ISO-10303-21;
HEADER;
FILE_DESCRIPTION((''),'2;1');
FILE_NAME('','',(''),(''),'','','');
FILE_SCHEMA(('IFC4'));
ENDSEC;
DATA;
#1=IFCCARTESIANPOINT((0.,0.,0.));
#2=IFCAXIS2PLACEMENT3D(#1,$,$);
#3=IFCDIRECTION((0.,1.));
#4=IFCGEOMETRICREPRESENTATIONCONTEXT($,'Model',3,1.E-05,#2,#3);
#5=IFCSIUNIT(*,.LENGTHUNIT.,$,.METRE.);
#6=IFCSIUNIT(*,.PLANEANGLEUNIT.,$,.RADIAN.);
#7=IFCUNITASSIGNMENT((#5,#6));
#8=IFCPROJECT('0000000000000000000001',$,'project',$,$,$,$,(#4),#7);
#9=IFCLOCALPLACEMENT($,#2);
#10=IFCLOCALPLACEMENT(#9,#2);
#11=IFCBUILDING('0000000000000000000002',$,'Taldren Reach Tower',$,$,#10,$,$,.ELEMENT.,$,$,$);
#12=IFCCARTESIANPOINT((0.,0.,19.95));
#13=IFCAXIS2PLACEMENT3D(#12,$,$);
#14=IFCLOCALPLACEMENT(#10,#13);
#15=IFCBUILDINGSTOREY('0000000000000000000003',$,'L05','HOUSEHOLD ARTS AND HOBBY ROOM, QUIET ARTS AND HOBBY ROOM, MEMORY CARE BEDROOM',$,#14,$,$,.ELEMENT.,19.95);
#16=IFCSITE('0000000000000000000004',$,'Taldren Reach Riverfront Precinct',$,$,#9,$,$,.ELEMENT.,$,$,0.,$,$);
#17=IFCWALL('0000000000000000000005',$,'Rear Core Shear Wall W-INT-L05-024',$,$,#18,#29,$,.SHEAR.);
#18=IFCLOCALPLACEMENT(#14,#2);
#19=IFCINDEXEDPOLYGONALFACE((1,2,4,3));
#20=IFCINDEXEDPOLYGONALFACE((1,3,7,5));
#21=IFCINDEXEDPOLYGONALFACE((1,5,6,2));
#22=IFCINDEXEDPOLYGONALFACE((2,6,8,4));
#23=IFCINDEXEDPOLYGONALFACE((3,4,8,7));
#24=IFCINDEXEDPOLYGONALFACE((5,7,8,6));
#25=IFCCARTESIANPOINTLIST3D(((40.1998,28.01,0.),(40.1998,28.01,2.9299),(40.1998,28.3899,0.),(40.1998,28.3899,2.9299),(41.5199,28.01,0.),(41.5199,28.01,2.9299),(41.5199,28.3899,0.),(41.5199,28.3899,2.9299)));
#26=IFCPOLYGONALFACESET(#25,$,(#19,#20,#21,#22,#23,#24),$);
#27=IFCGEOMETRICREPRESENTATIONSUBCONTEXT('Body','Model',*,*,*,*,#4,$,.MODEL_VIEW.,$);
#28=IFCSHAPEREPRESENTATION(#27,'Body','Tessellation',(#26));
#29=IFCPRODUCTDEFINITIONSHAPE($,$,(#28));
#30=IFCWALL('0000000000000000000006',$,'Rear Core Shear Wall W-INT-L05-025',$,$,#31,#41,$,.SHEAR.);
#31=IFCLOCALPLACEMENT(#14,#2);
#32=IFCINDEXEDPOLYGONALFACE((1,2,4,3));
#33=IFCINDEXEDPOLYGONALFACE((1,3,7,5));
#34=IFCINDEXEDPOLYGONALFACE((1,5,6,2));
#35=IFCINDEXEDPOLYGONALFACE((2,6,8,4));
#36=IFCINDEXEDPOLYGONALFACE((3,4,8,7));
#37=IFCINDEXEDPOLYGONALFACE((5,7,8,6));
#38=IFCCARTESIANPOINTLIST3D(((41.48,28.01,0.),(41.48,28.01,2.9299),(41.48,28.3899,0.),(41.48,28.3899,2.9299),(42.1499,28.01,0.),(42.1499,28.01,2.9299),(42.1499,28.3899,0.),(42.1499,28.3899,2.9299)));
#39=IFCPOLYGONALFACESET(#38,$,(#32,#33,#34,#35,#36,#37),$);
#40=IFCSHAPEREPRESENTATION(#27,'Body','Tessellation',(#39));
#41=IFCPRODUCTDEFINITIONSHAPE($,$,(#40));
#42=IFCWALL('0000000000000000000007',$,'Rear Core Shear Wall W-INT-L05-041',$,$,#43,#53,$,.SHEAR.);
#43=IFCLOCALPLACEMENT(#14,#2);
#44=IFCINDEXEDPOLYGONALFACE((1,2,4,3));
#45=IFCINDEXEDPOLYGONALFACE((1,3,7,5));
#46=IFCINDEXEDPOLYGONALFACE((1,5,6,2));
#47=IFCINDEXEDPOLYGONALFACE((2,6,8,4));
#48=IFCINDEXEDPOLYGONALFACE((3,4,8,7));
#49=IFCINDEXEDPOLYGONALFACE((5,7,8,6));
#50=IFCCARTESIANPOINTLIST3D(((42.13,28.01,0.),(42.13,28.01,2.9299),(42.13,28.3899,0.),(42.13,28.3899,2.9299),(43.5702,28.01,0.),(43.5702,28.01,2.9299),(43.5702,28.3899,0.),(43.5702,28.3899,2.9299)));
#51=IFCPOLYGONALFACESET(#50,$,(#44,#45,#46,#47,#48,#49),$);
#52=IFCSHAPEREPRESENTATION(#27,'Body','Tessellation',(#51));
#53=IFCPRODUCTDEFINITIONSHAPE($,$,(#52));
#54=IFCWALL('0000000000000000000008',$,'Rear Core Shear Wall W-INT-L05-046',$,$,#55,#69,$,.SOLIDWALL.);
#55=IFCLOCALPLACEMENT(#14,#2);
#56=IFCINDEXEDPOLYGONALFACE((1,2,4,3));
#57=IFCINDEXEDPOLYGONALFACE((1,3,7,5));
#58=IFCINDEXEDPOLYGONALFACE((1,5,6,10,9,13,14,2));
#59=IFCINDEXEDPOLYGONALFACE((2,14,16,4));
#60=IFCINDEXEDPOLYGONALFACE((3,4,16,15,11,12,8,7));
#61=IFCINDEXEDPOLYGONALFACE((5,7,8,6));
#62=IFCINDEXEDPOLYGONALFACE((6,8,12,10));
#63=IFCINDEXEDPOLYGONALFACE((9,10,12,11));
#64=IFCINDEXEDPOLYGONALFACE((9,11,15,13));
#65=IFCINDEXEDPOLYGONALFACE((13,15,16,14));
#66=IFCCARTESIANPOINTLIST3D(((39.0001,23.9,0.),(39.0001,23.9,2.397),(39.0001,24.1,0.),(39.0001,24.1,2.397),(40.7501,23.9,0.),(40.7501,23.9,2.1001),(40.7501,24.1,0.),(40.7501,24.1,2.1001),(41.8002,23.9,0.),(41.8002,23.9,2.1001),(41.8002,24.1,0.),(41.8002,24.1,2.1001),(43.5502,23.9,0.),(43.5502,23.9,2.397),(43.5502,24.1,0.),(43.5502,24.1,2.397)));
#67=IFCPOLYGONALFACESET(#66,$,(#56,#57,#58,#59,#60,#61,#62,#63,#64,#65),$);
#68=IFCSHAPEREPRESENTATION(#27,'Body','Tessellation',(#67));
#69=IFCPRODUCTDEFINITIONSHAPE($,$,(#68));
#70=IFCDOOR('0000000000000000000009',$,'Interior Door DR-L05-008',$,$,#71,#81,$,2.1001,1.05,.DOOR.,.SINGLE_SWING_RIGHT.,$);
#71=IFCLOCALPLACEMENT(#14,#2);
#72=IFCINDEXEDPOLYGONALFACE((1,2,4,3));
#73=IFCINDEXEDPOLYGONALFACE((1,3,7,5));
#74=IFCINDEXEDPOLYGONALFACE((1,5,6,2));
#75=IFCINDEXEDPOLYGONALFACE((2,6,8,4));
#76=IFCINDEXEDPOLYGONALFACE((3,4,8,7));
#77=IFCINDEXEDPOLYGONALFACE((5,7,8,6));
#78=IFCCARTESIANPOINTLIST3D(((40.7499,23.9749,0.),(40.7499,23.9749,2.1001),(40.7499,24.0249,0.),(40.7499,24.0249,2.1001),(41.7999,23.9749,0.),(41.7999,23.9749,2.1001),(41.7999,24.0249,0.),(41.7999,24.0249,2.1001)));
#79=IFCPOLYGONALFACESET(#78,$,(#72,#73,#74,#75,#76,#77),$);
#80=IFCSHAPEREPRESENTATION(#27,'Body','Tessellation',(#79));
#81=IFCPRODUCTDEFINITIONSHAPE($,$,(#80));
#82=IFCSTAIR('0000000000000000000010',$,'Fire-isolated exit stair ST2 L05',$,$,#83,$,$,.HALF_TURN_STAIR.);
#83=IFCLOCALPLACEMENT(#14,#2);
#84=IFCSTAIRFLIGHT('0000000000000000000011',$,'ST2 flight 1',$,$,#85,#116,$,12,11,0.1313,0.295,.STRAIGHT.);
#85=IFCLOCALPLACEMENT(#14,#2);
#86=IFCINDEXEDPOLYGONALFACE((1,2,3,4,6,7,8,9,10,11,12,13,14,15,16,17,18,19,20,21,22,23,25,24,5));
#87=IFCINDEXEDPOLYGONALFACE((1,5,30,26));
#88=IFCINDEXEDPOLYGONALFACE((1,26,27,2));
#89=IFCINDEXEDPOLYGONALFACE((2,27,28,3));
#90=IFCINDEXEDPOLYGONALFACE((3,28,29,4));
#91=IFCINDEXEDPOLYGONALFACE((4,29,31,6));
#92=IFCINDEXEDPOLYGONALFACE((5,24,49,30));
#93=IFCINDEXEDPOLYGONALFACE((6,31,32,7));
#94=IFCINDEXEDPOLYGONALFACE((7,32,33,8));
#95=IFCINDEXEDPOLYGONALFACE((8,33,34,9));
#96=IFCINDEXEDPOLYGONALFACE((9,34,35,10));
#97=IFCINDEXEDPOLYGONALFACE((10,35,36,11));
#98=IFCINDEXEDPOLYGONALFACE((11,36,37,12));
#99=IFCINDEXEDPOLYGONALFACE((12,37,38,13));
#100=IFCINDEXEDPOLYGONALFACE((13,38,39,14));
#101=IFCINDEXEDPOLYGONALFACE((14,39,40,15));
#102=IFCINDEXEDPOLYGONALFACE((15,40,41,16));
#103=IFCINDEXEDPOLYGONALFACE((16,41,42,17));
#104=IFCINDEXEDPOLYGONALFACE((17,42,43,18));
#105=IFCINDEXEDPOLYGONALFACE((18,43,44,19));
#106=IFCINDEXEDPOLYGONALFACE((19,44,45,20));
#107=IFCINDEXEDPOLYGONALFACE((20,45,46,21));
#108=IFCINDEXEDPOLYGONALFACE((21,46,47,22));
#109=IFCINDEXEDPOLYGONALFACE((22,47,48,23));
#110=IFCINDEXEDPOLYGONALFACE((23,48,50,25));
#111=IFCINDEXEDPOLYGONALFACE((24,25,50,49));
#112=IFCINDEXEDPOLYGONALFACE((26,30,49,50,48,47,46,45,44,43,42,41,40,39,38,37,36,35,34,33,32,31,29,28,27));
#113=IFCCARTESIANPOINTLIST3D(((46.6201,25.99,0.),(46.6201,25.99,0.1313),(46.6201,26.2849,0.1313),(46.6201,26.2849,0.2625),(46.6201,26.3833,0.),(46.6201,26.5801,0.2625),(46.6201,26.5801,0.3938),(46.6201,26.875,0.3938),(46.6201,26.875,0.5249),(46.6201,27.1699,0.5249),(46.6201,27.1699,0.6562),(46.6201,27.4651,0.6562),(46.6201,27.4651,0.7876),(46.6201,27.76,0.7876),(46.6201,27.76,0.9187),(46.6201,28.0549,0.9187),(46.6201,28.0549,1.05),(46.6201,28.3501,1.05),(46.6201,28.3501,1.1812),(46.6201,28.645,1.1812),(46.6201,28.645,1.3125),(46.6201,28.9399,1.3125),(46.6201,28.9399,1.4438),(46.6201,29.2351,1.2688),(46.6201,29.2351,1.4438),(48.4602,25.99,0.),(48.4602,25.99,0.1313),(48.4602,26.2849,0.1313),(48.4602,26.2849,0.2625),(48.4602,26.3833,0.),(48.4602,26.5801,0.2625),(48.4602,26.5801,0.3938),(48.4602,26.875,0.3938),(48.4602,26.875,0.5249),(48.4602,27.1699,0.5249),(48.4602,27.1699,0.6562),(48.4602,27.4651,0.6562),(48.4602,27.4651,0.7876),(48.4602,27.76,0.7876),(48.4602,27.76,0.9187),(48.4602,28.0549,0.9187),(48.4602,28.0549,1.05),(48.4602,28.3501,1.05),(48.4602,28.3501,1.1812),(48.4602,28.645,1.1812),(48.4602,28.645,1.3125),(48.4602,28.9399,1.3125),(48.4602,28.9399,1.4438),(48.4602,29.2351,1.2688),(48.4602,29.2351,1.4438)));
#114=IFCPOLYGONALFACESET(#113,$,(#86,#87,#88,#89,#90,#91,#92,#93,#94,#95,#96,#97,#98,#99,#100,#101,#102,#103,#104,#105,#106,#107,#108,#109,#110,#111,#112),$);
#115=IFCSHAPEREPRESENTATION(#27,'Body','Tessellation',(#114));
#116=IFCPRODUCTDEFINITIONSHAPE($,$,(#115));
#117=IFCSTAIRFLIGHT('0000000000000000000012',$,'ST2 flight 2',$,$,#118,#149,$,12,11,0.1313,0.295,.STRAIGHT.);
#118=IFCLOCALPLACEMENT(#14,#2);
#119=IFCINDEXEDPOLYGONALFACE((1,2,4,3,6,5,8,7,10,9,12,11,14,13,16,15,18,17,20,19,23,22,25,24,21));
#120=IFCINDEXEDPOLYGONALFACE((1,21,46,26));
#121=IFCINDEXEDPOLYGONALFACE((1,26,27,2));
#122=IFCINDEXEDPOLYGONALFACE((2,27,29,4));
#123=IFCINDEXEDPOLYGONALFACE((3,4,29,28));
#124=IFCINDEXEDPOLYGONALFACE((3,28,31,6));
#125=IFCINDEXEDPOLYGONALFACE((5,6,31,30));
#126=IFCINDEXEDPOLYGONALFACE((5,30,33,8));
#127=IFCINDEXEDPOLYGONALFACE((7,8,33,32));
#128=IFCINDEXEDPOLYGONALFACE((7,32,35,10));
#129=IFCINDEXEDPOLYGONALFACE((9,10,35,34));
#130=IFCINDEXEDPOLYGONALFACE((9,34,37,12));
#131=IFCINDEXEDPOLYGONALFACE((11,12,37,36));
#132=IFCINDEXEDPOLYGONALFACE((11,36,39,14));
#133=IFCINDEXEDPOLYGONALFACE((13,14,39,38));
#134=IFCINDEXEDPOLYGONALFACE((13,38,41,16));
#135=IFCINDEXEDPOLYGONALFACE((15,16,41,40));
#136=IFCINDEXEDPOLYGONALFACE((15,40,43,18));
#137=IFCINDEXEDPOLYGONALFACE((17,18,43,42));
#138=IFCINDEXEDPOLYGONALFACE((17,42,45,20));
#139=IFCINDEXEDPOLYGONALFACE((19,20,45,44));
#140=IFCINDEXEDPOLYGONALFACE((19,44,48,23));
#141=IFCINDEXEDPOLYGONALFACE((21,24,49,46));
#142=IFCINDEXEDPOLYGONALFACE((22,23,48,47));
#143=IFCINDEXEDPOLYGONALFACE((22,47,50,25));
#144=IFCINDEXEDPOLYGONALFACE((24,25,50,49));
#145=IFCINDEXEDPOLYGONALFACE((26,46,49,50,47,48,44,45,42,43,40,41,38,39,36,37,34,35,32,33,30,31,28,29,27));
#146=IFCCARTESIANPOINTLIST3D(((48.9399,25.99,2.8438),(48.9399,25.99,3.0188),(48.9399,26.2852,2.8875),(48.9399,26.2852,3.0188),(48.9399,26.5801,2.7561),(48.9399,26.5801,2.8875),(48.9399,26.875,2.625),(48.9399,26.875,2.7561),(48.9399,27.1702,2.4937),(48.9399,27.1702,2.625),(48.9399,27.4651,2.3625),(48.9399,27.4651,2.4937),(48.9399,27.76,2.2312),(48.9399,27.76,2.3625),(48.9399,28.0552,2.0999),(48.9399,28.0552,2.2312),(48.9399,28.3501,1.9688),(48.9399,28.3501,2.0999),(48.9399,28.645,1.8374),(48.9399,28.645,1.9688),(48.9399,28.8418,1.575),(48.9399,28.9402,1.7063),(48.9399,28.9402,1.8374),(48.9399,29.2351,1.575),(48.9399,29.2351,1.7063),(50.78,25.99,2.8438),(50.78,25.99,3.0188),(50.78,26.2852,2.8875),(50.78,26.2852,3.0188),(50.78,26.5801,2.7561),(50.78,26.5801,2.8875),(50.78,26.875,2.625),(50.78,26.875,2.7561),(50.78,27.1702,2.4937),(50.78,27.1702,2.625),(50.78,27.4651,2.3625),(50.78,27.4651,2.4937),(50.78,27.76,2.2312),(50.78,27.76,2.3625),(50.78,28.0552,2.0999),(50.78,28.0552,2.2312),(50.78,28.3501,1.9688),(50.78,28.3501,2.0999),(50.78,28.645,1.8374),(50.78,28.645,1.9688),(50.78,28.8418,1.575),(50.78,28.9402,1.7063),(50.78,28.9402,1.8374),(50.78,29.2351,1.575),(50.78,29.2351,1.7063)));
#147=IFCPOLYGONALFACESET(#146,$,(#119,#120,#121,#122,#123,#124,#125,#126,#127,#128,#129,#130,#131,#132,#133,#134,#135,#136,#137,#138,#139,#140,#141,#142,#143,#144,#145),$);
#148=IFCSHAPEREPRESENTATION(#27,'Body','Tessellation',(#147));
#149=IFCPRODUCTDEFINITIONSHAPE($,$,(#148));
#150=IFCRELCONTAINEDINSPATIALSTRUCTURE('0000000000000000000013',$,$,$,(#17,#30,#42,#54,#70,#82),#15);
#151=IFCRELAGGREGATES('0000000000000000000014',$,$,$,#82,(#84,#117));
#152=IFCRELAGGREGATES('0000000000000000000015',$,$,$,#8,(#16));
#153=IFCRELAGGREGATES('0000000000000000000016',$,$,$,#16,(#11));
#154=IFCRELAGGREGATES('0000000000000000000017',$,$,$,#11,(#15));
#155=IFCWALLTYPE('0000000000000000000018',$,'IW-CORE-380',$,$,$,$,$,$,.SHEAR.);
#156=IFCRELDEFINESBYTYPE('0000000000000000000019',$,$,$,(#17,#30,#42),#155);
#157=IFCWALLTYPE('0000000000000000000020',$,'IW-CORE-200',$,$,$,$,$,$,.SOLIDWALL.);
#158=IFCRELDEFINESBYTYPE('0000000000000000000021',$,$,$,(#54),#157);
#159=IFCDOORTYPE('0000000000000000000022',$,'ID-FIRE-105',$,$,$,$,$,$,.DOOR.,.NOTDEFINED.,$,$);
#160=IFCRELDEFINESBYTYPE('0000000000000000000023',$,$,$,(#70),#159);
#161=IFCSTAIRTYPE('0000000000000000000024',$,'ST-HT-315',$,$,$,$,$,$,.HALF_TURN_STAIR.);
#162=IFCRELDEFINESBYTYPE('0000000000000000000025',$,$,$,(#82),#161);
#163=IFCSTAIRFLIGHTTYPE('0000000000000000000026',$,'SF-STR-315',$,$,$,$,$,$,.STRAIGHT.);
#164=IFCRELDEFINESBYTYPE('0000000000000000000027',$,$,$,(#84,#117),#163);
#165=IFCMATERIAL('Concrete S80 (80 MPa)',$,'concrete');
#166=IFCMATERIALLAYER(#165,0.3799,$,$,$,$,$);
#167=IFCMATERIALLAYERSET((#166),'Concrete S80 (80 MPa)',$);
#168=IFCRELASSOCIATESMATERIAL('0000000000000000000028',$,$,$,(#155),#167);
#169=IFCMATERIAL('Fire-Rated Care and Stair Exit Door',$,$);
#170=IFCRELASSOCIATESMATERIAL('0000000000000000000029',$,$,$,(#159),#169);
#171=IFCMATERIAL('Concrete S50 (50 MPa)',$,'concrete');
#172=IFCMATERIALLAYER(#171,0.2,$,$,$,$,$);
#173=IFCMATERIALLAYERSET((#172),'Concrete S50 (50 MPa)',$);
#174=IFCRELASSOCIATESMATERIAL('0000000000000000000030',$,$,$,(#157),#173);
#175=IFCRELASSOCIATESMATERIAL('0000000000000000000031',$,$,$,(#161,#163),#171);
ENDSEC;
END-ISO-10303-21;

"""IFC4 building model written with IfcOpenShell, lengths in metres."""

from ifc_helpers import new_model, si_unit, direction, frame, frame_2d, origin, place, context, subcontext, project, spatial, polyline, rectangle, outline, extrude, source, transform, mapped, material, layer, layer_set, type_object, element, fill, aggregate, save


model = new_model("IFC4")

# Units and contexts
model_context = context("Model", 3, precision=1e-05, world=origin(), true_north=direction((0.0, 1.0)))
body_context = subcontext(model_context, "Body", "Model", "MODEL_VIEW")
ifc_project = project(units=[si_unit("LENGTHUNIT", "METRE"), si_unit("PLANEANGLEUNIT", "RADIAN")], contexts=[model_context])

# Site, building, storey
site_placement = place(None, origin())
site = spatial("IfcSite", under=ifc_project, at=site_placement, Name="Taldren Reach Riverfront Precinct", CompositionType="ELEMENT", RefElevation=0.0)
building_placement = place(site_placement, origin())
building = spatial("IfcBuilding", under=site, at=building_placement, Name="Taldren Reach Tower", CompositionType="ELEMENT")
storey_placement = place(building_placement, frame((0.0, 0.0, 19.95)))
storey = spatial("IfcBuildingStorey", under=building, at=storey_placement, Name="L05", Description="HOUSEHOLD ARTS AND HOBBY ROOM, QUIET ARTS AND HOBBY ROOM, MEMORY CARE BEDROOM", CompositionType="ELEMENT", Elevation=19.95)

# Shared definitions
ifc_material_1 = material(Name="Concrete S80 (80 MPa)", Category="concrete")
ifc_layer_1 = layer(ifc_material_1, 0.3799)
ifc_layer_set_1 = layer_set([ifc_layer_1], Name="Concrete S80 (80 MPa)")
wall_type_1 = type_object("IfcWallType", Name="IW-CORE-380", PredefinedType="SHEAR", material=ifc_layer_set_1)

# Shared definitions
ifc_material_2 = material(Name="Fire-Rated Care and Stair Exit Door")
door_type_1 = type_object("IfcDoorType", Name="ID-FIRE-105", OperationType="NOTDEFINED", PredefinedType="DOOR", material=ifc_material_2)
shared_shape_1 = source(origin(), body_context, "Body", "SweptSolid", [
    extrude(rectangle(XDim=1.05, YDim=2.1001, at=frame_2d((0.5249, 1.05))), frame((0.0, 0.0249, 0.0), z_axis=(0.0, -1.0, 0.0), x_axis=(1.0, 0.0, 0.0)), (0.0, 0.0, 1.0), 0.05),
])

# Shared definitions
ifc_material_3 = material(Name="Concrete S50 (50 MPa)", Category="concrete")
ifc_layer_2 = layer(ifc_material_3, 0.2)
ifc_layer_set_2 = layer_set([ifc_layer_2], Name="Concrete S50 (50 MPa)")
wall_type_2 = type_object("IfcWallType", Name="IW-CORE-200", PredefinedType="SOLIDWALL", material=ifc_layer_set_2)

# Shared definitions
shared_shape_2 = source(origin(), body_context, "Body", "SweptSolid", [
    extrude(rectangle(XDim=1.05, YDim=2.1001, at=frame_2d((0.5249, 1.05))), frame((0.0, 0.1099, 0.0), z_axis=(0.0, -1.0, 0.0), x_axis=(1.0, 0.0, 0.0)), (0.0, 0.0, 1.0), 0.22),
])

# Walls
shared_shape_3 = source(origin(), body_context, "Body", "SweptSolid", [
    extrude(rectangle(XDim=1.3201, YDim=0.3799, at=frame_2d((0.6602, 0.0))), origin(), (0.0, 0.0, 1.0), 2.9299),
])
wall_1_placement = place(storey_placement, frame((41.52, 28.2, 0.0), z_axis=(0.0, 0.0, 1.0), x_axis=(-1.0, 0.0, 0.0)))
element("IfcWall", 1, at=wall_1_placement, inside=storey, type_object=wall_type_1, Name="Rear Core Shear Wall W-INT-L05-024", PredefinedType="SHEAR", context=body_context, shape_type="MappedRepresentation", body=[
    mapped(shared_shape_3, transform((0.0, 0.0, 0.0), scale=1.0)),
])
shared_shape_4 = source(origin(), body_context, "Body", "SweptSolid", [
    extrude(rectangle(XDim=0.6699, YDim=0.3799, at=frame_2d((0.335, 0.0))), origin(), (0.0, 0.0, 1.0), 2.9299),
])
wall_2_placement = place(storey_placement, frame((42.1499, 28.2, 0.0), z_axis=(0.0, 0.0, 1.0), x_axis=(-1.0, 0.0, 0.0)))
element("IfcWall", 2, at=wall_2_placement, inside=storey, type_object=wall_type_1, Name="Rear Core Shear Wall W-INT-L05-025", PredefinedType="SHEAR", context=body_context, shape_type="MappedRepresentation", body=[
    mapped(shared_shape_4, transform((0.0, 0.0, 0.0), scale=1.0)),
])
shared_shape_5 = source(origin(), body_context, "Body", "SweptSolid", [
    extrude(rectangle(XDim=1.4402, YDim=0.3799, at=frame_2d((0.7202, 0.0))), origin(), (0.0, 0.0, 1.0), 2.9299),
])
wall_3_placement = place(storey_placement, frame((42.1299, 28.2, 0.0), z_axis=(0.0, 0.0, 1.0), x_axis=(1.0, 0.0, 0.0)))
element("IfcWall", 3, at=wall_3_placement, inside=storey, type_object=wall_type_1, Name="Rear Core Shear Wall W-INT-L05-041", PredefinedType="SHEAR", context=body_context, shape_type="MappedRepresentation", body=[
    mapped(shared_shape_5, transform((0.0, 0.0, 0.0), scale=1.0)),
])

# Wall, opening, door
shared_shape_6 = source(origin(), body_context, "Body", "SweptSolid", [
    extrude(rectangle(XDim=4.55, YDim=0.2, at=frame_2d((2.2749, 0.0))), origin(), (0.0, 0.0, 1.0), 2.397),
])
wall_4_placement = place(storey_placement, frame((43.55, 24.0, 0.0), z_axis=(0.0, 0.0, 1.0), x_axis=(-1.0, 0.0, 0.0)))
wall_4 = element("IfcWall", 4, at=wall_4_placement, inside=storey, type_object=wall_type_2, Name="Rear Core Shear Wall W-INT-L05-046", PredefinedType="SOLIDWALL", context=body_context, shape_type="MappedRepresentation", body=[
    mapped(shared_shape_6, transform((0.0, 0.0, 0.0), scale=1.0)),
])
opening_1_placement = place(wall_4_placement, frame((1.75, 0.0, 0.0)))
opening_1 = element("IfcOpeningElement", 5, at=opening_1_placement, cuts=wall_4, PredefinedType="OPENING", context=body_context, shape_type="MappedRepresentation", body=[
    mapped(shared_shape_2, transform((0.0, 0.0, 0.0), scale=1.0)),
])
door_1_placement = place(opening_1_placement, frame((1.05, 0.0, 0.0), z_axis=(0.0, 0.0, 1.0), x_axis=(-1.0, 0.0, 0.0)))
door_1 = element("IfcDoor", 6, at=door_1_placement, inside=storey, type_object=door_type_1, Name="Interior Door DR-L05-008", OperationType="SINGLE_SWING_RIGHT", OverallHeight=2.1001, OverallWidth=1.05, PredefinedType="DOOR", context=body_context, shape_type="MappedRepresentation", body=[
    mapped(shared_shape_1, transform((0.0, 0.0, 0.0), scale=1.0)),
])
fill(opening_1, door_1)

# Stair, stair flights
stair_type = type_object("IfcStairType", Name="ST-HT-315", PredefinedType="HALF_TURN_STAIR", material=ifc_material_3)
stair_placement = place(storey_placement, origin())
stair = element("IfcStair", 7, at=stair_placement, inside=storey, type_object=stair_type, Name="Fire-isolated exit stair ST2 L05", PredefinedType="HALF_TURN_STAIR")
stair_flight_type = type_object("IfcStairFlightType", Name="SF-STR-315", PredefinedType="STRAIGHT", material=ifc_material_3)
stair_flight_1_placement = place(storey_placement, frame((47.54, 25.99, 0.0), z_axis=(0.0, 0.0, 1.0), x_axis=(0.0, 1.0, 0.0)))
stair_flight_1 = element("IfcStairFlight", 8, at=stair_flight_1_placement, type_object=stair_flight_type, Name="ST2 flight 1", NumberOfRisers=12, NumberOfTreads=11, PredefinedType="STRAIGHT", RiserHeight=0.1313, TreadLength=0.295, context=body_context, shape_type="SweptSolid", body=[
    extrude(outline(polyline([(0.0, 0.0), (0.0, 0.1313), (0.2949, 0.1313), (0.2949, 0.2625), (0.5901, 0.2625), (0.5901, 0.3938), (0.885, 0.3938), (0.885, 0.5249), (1.1799, 0.5249), (1.1799, 0.6562), (1.4751, 0.6562), (1.4751, 0.7876), (1.77, 0.7876), (1.77, 0.9187), (2.0649, 0.9187), (2.0649, 1.05), (2.3601, 1.05), (2.3601, 1.1812), (2.655, 1.1812), (2.655, 1.3125), (2.95, 1.3125), (2.95, 1.4438), (3.2451, 1.4438), (3.2451, 1.575), (3.2451, 1.2688), (0.3933, 0.0), (0.0, 0.0)])), frame((0.0, 0.9199, 0.0), z_axis=(0.0, -1.0, 0.0), x_axis=(1.0, 0.0, 0.0)), (0.0, 0.0, 1.0), 1.8401),
])
stair_flight_2_placement = place(storey_placement, frame((49.8601, 29.2351, 1.575), z_axis=(0.0, 0.0, 1.0), x_axis=(0.0, -1.0, 0.0)))
stair_flight_2 = element("IfcStairFlight", 9, at=stair_flight_2_placement, type_object=stair_flight_type, Name="ST2 flight 2", NumberOfRisers=12, NumberOfTreads=11, PredefinedType="STRAIGHT", RiserHeight=0.1313, TreadLength=0.295, context=body_context, shape_type="SweptSolid", body=[
    extrude(outline(polyline([(0.0, 0.0), (0.0, 0.1313), (0.2949, 0.1313), (0.2949, 0.2625), (0.5901, 0.2625), (0.5901, 0.3938), (0.885, 0.3938), (0.885, 0.5249), (1.1799, 0.5249), (1.1799, 0.6562), (1.4751, 0.6562), (1.4751, 0.7876), (1.77, 0.7876), (1.77, 0.9187), (2.0649, 0.9187), (2.0649, 1.05), (2.3601, 1.05), (2.3601, 1.1812), (2.655, 1.1812), (2.655, 1.3125), (2.95, 1.3125), (2.95, 1.4438), (3.2451, 1.4438), (3.2451, 1.575), (3.2451, 1.2688), (0.3933, 0.0), (0.0, 0.0)])), frame((0.0, 0.9199, 0.0), z_axis=(0.0, -1.0, 0.0), x_axis=(1.0, 0.0, 0.0)), (0.0, 0.0, 1.0), 1.8401),
])
aggregate(stair, [stair_flight_1, stair_flight_2])

save(model, "model.ifc")
